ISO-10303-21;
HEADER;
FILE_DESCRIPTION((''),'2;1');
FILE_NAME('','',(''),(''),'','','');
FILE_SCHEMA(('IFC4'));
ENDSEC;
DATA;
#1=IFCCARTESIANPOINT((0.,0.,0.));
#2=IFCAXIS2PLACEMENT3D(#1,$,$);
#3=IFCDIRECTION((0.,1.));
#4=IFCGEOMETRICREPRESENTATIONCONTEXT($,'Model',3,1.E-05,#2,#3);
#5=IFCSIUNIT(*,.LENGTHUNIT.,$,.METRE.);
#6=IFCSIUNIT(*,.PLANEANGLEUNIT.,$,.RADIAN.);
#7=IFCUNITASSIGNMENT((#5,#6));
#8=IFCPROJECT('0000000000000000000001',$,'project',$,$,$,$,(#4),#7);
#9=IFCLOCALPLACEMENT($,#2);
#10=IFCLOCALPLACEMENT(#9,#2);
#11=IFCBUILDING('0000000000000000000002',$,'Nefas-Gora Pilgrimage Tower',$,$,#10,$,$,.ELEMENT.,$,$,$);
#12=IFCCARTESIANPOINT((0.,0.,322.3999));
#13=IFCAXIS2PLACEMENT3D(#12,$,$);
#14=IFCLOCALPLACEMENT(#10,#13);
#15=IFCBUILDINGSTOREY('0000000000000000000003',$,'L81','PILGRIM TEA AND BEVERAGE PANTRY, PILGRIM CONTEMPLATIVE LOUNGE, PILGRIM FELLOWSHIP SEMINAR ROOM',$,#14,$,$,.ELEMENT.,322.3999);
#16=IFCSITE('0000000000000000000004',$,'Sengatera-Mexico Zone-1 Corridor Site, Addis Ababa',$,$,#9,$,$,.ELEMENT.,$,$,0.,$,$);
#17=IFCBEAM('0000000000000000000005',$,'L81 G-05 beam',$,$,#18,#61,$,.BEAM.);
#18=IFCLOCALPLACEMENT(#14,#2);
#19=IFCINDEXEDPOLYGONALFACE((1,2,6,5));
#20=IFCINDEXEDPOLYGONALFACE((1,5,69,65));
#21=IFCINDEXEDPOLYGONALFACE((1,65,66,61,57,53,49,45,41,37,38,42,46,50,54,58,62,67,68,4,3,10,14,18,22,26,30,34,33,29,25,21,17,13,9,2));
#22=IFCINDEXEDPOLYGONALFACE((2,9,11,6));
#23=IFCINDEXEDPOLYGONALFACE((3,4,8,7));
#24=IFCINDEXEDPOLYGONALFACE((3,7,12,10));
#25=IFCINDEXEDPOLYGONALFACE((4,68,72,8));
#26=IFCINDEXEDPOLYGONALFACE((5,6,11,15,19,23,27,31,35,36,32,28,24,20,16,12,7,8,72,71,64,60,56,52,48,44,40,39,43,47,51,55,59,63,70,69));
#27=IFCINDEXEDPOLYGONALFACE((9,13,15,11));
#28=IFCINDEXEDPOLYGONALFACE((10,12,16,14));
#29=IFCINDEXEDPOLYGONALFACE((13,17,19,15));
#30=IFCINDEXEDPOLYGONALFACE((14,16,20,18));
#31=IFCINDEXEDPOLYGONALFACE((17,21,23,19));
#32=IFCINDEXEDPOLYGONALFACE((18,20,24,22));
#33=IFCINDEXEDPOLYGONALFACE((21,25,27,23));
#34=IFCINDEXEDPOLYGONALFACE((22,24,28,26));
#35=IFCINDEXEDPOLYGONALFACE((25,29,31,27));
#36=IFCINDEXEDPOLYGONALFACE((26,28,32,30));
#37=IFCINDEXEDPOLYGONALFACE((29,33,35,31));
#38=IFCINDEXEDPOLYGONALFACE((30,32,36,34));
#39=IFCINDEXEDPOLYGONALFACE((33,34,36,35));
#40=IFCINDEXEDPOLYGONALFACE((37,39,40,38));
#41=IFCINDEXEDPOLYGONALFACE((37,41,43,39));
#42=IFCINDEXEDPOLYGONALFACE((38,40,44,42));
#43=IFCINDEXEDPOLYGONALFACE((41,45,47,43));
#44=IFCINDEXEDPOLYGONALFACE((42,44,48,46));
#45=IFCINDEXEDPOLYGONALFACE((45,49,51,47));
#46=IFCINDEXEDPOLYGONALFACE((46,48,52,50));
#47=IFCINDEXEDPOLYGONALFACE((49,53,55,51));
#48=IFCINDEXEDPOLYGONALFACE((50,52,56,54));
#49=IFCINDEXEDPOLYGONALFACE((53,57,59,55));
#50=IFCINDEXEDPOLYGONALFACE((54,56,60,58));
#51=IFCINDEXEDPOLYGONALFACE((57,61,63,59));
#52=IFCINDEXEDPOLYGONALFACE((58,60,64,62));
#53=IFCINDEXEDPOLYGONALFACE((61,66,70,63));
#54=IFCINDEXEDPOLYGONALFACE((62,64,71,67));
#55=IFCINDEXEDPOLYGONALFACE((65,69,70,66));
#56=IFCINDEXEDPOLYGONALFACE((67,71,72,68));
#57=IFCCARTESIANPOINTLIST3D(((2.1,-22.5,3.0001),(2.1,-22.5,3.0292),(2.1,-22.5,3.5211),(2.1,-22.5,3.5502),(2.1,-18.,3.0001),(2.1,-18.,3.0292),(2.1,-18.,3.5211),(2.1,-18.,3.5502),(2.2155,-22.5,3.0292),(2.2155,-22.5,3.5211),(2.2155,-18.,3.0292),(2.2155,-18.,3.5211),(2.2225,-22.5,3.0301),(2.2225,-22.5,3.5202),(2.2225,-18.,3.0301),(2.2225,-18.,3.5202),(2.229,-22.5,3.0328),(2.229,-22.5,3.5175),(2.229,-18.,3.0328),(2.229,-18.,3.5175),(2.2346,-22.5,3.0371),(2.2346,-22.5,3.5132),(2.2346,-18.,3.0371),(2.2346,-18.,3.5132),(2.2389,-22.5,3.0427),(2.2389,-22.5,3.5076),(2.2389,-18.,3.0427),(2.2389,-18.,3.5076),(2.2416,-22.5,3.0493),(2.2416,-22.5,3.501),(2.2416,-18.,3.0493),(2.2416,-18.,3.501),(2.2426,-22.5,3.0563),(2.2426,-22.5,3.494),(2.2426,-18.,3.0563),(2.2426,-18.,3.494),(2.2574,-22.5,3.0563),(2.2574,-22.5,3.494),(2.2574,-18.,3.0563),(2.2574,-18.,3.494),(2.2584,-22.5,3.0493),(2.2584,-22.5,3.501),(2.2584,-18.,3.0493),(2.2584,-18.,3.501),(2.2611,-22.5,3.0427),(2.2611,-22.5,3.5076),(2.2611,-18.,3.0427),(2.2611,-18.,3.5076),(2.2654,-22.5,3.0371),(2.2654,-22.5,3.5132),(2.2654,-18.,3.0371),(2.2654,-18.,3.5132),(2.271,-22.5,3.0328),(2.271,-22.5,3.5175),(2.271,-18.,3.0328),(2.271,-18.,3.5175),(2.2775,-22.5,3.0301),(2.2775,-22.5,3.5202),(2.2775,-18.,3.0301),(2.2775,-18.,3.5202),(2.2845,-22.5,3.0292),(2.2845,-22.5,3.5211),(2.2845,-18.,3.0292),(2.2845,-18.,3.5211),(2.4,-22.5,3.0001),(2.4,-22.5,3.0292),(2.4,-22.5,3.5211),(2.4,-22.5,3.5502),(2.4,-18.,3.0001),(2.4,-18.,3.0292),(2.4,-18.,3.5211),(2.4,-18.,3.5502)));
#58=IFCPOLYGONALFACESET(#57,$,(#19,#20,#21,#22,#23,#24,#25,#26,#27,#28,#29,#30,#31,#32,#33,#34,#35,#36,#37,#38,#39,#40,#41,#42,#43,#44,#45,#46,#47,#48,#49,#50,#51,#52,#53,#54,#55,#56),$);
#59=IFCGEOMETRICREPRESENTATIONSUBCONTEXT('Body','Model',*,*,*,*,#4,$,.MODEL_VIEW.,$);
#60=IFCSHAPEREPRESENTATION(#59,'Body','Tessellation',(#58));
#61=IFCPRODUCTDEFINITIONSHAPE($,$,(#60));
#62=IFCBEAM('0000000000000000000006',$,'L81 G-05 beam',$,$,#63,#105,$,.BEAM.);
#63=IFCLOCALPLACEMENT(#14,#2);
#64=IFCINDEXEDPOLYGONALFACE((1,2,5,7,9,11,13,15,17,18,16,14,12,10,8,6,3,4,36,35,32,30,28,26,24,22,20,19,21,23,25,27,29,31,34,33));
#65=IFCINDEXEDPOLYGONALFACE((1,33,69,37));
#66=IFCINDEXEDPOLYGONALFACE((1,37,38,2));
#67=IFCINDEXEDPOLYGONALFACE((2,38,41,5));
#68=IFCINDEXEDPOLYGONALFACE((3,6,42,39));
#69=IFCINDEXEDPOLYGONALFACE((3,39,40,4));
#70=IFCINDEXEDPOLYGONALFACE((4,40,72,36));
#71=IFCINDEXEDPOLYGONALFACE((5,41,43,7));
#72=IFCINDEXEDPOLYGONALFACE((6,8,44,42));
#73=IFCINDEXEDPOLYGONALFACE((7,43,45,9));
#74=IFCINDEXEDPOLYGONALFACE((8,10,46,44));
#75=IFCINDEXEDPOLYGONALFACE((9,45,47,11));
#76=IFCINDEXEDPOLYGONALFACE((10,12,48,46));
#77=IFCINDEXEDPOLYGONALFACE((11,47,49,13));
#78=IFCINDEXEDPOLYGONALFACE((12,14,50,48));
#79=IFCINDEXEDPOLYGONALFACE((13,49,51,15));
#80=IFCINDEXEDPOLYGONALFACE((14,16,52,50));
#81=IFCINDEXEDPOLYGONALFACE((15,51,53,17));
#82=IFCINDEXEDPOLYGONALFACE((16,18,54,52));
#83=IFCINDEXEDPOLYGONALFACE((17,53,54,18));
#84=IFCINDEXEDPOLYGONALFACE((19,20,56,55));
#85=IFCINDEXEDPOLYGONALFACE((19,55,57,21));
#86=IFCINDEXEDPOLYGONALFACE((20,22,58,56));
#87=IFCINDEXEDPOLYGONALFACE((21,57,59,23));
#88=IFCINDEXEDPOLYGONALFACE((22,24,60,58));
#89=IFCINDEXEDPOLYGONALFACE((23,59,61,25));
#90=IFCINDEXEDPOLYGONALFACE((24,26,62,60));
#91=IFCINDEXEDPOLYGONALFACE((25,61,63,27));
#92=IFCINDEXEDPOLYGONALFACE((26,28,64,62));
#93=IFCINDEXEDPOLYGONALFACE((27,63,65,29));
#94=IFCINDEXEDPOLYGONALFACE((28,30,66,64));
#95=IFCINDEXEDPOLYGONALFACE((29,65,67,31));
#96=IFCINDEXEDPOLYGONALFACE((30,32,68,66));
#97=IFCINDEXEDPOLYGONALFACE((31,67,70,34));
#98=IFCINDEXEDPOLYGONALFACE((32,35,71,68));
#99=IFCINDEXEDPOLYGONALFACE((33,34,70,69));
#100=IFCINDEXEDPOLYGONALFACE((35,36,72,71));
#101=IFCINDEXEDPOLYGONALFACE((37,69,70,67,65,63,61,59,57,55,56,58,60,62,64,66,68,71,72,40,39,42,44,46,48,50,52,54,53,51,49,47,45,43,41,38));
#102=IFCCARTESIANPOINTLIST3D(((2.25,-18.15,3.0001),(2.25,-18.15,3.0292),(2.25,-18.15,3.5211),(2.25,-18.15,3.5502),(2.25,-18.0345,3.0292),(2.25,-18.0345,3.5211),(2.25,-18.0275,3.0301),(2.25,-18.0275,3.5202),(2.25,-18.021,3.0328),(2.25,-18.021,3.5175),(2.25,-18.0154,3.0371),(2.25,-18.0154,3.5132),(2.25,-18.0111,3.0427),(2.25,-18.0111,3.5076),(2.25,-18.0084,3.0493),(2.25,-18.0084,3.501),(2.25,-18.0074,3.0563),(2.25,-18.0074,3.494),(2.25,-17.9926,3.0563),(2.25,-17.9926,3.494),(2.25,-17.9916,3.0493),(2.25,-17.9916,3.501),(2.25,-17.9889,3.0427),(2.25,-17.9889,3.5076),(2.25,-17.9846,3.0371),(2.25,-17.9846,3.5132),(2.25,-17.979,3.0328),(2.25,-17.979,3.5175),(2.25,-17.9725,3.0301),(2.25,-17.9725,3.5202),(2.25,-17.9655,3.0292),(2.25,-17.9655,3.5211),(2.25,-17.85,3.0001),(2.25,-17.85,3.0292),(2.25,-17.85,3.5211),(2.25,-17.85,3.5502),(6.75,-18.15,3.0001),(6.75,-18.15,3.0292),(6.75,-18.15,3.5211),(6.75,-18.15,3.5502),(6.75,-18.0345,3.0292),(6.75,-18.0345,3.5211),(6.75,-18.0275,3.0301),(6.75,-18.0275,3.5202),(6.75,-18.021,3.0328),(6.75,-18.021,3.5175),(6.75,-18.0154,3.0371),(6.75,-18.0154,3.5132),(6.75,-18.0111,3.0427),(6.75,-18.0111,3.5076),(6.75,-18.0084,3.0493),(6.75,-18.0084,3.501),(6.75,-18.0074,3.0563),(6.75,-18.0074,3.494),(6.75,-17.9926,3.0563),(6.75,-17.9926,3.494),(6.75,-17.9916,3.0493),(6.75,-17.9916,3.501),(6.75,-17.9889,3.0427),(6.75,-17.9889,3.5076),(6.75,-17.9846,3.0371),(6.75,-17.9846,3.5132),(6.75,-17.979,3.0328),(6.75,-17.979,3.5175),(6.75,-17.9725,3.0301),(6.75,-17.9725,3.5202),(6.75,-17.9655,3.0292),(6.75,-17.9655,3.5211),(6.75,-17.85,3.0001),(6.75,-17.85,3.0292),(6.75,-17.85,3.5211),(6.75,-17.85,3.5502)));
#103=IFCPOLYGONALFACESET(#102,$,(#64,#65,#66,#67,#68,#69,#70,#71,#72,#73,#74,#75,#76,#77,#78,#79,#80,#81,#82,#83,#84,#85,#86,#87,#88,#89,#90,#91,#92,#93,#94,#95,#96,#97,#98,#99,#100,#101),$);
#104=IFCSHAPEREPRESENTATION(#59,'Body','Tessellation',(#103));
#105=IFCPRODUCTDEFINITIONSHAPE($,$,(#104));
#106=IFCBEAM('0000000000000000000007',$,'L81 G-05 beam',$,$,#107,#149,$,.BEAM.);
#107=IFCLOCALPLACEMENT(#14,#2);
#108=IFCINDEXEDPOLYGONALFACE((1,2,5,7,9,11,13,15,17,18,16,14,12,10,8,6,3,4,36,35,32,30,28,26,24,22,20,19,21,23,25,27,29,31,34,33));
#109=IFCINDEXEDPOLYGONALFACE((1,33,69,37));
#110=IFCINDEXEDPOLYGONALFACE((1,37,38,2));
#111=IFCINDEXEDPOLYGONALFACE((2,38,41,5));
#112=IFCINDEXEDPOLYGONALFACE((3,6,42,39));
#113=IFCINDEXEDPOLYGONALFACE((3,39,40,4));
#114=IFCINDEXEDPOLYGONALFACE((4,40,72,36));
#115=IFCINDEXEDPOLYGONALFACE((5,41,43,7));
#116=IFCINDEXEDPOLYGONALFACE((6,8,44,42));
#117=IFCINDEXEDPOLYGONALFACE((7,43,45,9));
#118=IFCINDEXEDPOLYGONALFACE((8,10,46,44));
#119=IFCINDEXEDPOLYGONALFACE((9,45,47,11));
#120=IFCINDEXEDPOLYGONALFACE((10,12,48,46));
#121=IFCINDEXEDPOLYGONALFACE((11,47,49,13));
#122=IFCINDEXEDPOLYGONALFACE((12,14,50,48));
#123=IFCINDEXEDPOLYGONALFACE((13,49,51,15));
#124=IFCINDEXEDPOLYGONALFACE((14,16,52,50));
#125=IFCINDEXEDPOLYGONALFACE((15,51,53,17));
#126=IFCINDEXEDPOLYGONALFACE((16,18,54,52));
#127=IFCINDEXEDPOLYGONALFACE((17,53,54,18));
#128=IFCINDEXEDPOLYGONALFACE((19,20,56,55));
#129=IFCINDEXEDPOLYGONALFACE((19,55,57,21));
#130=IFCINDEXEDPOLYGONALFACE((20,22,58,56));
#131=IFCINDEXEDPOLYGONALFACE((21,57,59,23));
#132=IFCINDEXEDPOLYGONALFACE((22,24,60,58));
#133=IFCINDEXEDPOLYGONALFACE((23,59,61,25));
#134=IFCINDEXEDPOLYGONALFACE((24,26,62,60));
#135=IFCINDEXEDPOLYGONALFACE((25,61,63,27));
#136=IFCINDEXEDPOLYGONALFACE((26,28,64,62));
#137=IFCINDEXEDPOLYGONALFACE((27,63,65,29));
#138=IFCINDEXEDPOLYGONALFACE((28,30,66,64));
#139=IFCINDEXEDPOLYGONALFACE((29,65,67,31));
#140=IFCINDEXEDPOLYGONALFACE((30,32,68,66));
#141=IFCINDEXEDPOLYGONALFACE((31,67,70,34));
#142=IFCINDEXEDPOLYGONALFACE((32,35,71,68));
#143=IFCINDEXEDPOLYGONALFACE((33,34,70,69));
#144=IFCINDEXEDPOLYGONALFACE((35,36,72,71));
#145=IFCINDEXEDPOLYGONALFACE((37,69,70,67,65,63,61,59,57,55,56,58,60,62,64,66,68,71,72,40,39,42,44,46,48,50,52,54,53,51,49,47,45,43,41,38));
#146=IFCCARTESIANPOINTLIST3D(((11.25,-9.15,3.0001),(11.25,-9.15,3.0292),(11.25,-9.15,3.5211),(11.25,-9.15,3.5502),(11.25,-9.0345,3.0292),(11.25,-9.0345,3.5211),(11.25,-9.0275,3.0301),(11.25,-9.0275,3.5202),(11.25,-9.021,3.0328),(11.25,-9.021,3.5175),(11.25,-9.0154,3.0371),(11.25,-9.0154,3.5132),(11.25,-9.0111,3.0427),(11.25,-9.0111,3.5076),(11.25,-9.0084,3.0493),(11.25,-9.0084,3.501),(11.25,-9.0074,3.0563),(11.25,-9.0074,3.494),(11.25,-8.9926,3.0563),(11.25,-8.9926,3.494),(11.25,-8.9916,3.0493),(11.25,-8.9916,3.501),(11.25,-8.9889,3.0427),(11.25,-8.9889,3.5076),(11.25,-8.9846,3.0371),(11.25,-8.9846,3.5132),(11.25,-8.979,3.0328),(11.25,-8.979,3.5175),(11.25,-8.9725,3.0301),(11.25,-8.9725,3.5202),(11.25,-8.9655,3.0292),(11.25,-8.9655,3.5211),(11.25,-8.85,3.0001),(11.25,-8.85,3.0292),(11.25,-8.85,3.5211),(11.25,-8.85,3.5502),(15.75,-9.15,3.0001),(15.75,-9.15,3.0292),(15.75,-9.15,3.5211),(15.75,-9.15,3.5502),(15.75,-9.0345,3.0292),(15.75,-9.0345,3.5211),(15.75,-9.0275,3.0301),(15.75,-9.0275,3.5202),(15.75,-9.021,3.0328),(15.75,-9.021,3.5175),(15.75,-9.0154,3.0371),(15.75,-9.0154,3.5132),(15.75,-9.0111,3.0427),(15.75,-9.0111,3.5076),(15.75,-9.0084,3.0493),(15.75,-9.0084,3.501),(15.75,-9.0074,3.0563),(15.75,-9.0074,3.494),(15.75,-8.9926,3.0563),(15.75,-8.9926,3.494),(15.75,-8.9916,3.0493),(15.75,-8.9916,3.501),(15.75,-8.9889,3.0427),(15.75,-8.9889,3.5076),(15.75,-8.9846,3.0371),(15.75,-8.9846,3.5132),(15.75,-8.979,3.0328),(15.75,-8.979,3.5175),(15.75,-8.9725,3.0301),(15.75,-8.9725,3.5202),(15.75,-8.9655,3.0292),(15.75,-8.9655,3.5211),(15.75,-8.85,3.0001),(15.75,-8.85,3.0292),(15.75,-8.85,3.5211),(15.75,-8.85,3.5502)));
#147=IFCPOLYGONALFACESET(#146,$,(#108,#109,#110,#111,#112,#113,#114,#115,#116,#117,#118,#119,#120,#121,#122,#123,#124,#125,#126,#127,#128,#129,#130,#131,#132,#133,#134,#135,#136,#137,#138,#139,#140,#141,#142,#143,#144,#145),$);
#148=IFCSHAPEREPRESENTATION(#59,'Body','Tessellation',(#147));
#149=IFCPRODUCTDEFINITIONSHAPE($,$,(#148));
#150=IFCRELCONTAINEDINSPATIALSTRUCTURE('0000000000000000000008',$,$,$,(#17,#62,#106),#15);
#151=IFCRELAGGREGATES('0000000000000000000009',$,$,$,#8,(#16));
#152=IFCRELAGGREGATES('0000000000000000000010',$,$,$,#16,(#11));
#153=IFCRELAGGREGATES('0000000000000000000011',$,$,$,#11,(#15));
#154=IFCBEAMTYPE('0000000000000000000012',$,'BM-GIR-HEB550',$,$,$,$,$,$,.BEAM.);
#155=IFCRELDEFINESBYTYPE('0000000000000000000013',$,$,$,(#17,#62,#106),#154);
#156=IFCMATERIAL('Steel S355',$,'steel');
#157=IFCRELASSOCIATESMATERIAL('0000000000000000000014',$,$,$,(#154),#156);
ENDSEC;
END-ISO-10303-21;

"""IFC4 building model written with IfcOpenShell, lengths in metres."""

from ifc_helpers import new_model, si_unit, direction, frame, origin, origin_2d, place, context, subcontext, project, spatial, i_section, extrude, source, transform, mapped, material, material_profile, profile_set, type_object, element, save


model = new_model("IFC4")

# Units and contexts
model_context = context("Model", 3, precision=1e-05, world=origin(), true_north=direction((0.0, 1.0)))
body_context = subcontext(model_context, "Body", "Model", "MODEL_VIEW")
ifc_project = project(units=[si_unit("LENGTHUNIT", "METRE"), si_unit("PLANEANGLEUNIT", "RADIAN")], contexts=[model_context])

# Site, building, storey
site_placement = place(None, origin())
site = spatial("IfcSite", under=ifc_project, at=site_placement, Name="Sengatera-Mexico Zone-1 Corridor Site, Addis Ababa", CompositionType="ELEMENT", RefElevation=0.0)
building_placement = place(site_placement, origin())
building = spatial("IfcBuilding", under=site, at=building_placement, Name="Nefas-Gora Pilgrimage Tower", CompositionType="ELEMENT")
storey_placement = place(building_placement, frame((0.0, 0.0, 322.3999)))
storey = spatial("IfcBuildingStorey", under=building, at=storey_placement, Name="L81", Description="PILGRIM TEA AND BEVERAGE PANTRY, PILGRIM CONTEMPLATIVE LOUNGE, PILGRIM FELLOWSHIP SEMINAR ROOM", CompositionType="ELEMENT", Elevation=322.3999)

# Shared definitions
ifc_material_1 = material(Name="Steel S355", Category="steel")

# Beams
ifc_material_profile_1 = material_profile(ifc_material_1, i_section(OverallWidth=0.3, OverallDepth=0.55, WebThickness=0.0149, FlangeThickness=0.0291, FilletRadius=0.0271, at=origin_2d()), Name="HEB 550")
ifc_profile_set_1 = profile_set([ifc_material_profile_1], Name="Steel S355")
beam_type_1 = type_object("IfcBeamType", Name="BM-GIR-HEB550", PredefinedType="BEAM", material=ifc_profile_set_1)
shared_shape_1 = source(origin(), body_context, "Body", "SweptSolid", [
    extrude(i_section(OverallWidth=0.3, OverallDepth=0.55, WebThickness=0.0149, FlangeThickness=0.0291, FilletRadius=0.0271, at=origin_2d()), origin(), (0.0, 0.0, 1.0), 4.5),
])
for number, where, z_axis, x_axis, name in (
    (1, (2.25, -22.5, 3.2751), (0.0, 1.0, 0.0), (-1.0, 0.0, 0.0), "L81 G-05 beam"),
    (2, (2.25, -18.0, 3.2751), (1.0, 0.0, 0.0), (0.0, 1.0, 0.0), "L81 G-05 beam"),
    (3, (11.25, -9.0, 3.2751), (1.0, 0.0, 0.0), (0.0, 1.0, 0.0), "L81 G-05 beam"),
):
    element("IfcBeam", number, at=place(storey_placement, frame(where, z_axis=z_axis, x_axis=x_axis)), inside=storey, type_object=beam_type_1, Name=name, PredefinedType="BEAM", context=body_context, shape_type="MappedRepresentation", body=[
        mapped(shared_shape_1, transform((0.0, 0.0, 0.0), x_axis=(1.0, 0.0, 0.0), y_axis=(0.0, 1.0, 0.0), z_axis=(0.0, 0.0, 1.0), scale=1.0)),
    ])

save(model, "model.ifc")
